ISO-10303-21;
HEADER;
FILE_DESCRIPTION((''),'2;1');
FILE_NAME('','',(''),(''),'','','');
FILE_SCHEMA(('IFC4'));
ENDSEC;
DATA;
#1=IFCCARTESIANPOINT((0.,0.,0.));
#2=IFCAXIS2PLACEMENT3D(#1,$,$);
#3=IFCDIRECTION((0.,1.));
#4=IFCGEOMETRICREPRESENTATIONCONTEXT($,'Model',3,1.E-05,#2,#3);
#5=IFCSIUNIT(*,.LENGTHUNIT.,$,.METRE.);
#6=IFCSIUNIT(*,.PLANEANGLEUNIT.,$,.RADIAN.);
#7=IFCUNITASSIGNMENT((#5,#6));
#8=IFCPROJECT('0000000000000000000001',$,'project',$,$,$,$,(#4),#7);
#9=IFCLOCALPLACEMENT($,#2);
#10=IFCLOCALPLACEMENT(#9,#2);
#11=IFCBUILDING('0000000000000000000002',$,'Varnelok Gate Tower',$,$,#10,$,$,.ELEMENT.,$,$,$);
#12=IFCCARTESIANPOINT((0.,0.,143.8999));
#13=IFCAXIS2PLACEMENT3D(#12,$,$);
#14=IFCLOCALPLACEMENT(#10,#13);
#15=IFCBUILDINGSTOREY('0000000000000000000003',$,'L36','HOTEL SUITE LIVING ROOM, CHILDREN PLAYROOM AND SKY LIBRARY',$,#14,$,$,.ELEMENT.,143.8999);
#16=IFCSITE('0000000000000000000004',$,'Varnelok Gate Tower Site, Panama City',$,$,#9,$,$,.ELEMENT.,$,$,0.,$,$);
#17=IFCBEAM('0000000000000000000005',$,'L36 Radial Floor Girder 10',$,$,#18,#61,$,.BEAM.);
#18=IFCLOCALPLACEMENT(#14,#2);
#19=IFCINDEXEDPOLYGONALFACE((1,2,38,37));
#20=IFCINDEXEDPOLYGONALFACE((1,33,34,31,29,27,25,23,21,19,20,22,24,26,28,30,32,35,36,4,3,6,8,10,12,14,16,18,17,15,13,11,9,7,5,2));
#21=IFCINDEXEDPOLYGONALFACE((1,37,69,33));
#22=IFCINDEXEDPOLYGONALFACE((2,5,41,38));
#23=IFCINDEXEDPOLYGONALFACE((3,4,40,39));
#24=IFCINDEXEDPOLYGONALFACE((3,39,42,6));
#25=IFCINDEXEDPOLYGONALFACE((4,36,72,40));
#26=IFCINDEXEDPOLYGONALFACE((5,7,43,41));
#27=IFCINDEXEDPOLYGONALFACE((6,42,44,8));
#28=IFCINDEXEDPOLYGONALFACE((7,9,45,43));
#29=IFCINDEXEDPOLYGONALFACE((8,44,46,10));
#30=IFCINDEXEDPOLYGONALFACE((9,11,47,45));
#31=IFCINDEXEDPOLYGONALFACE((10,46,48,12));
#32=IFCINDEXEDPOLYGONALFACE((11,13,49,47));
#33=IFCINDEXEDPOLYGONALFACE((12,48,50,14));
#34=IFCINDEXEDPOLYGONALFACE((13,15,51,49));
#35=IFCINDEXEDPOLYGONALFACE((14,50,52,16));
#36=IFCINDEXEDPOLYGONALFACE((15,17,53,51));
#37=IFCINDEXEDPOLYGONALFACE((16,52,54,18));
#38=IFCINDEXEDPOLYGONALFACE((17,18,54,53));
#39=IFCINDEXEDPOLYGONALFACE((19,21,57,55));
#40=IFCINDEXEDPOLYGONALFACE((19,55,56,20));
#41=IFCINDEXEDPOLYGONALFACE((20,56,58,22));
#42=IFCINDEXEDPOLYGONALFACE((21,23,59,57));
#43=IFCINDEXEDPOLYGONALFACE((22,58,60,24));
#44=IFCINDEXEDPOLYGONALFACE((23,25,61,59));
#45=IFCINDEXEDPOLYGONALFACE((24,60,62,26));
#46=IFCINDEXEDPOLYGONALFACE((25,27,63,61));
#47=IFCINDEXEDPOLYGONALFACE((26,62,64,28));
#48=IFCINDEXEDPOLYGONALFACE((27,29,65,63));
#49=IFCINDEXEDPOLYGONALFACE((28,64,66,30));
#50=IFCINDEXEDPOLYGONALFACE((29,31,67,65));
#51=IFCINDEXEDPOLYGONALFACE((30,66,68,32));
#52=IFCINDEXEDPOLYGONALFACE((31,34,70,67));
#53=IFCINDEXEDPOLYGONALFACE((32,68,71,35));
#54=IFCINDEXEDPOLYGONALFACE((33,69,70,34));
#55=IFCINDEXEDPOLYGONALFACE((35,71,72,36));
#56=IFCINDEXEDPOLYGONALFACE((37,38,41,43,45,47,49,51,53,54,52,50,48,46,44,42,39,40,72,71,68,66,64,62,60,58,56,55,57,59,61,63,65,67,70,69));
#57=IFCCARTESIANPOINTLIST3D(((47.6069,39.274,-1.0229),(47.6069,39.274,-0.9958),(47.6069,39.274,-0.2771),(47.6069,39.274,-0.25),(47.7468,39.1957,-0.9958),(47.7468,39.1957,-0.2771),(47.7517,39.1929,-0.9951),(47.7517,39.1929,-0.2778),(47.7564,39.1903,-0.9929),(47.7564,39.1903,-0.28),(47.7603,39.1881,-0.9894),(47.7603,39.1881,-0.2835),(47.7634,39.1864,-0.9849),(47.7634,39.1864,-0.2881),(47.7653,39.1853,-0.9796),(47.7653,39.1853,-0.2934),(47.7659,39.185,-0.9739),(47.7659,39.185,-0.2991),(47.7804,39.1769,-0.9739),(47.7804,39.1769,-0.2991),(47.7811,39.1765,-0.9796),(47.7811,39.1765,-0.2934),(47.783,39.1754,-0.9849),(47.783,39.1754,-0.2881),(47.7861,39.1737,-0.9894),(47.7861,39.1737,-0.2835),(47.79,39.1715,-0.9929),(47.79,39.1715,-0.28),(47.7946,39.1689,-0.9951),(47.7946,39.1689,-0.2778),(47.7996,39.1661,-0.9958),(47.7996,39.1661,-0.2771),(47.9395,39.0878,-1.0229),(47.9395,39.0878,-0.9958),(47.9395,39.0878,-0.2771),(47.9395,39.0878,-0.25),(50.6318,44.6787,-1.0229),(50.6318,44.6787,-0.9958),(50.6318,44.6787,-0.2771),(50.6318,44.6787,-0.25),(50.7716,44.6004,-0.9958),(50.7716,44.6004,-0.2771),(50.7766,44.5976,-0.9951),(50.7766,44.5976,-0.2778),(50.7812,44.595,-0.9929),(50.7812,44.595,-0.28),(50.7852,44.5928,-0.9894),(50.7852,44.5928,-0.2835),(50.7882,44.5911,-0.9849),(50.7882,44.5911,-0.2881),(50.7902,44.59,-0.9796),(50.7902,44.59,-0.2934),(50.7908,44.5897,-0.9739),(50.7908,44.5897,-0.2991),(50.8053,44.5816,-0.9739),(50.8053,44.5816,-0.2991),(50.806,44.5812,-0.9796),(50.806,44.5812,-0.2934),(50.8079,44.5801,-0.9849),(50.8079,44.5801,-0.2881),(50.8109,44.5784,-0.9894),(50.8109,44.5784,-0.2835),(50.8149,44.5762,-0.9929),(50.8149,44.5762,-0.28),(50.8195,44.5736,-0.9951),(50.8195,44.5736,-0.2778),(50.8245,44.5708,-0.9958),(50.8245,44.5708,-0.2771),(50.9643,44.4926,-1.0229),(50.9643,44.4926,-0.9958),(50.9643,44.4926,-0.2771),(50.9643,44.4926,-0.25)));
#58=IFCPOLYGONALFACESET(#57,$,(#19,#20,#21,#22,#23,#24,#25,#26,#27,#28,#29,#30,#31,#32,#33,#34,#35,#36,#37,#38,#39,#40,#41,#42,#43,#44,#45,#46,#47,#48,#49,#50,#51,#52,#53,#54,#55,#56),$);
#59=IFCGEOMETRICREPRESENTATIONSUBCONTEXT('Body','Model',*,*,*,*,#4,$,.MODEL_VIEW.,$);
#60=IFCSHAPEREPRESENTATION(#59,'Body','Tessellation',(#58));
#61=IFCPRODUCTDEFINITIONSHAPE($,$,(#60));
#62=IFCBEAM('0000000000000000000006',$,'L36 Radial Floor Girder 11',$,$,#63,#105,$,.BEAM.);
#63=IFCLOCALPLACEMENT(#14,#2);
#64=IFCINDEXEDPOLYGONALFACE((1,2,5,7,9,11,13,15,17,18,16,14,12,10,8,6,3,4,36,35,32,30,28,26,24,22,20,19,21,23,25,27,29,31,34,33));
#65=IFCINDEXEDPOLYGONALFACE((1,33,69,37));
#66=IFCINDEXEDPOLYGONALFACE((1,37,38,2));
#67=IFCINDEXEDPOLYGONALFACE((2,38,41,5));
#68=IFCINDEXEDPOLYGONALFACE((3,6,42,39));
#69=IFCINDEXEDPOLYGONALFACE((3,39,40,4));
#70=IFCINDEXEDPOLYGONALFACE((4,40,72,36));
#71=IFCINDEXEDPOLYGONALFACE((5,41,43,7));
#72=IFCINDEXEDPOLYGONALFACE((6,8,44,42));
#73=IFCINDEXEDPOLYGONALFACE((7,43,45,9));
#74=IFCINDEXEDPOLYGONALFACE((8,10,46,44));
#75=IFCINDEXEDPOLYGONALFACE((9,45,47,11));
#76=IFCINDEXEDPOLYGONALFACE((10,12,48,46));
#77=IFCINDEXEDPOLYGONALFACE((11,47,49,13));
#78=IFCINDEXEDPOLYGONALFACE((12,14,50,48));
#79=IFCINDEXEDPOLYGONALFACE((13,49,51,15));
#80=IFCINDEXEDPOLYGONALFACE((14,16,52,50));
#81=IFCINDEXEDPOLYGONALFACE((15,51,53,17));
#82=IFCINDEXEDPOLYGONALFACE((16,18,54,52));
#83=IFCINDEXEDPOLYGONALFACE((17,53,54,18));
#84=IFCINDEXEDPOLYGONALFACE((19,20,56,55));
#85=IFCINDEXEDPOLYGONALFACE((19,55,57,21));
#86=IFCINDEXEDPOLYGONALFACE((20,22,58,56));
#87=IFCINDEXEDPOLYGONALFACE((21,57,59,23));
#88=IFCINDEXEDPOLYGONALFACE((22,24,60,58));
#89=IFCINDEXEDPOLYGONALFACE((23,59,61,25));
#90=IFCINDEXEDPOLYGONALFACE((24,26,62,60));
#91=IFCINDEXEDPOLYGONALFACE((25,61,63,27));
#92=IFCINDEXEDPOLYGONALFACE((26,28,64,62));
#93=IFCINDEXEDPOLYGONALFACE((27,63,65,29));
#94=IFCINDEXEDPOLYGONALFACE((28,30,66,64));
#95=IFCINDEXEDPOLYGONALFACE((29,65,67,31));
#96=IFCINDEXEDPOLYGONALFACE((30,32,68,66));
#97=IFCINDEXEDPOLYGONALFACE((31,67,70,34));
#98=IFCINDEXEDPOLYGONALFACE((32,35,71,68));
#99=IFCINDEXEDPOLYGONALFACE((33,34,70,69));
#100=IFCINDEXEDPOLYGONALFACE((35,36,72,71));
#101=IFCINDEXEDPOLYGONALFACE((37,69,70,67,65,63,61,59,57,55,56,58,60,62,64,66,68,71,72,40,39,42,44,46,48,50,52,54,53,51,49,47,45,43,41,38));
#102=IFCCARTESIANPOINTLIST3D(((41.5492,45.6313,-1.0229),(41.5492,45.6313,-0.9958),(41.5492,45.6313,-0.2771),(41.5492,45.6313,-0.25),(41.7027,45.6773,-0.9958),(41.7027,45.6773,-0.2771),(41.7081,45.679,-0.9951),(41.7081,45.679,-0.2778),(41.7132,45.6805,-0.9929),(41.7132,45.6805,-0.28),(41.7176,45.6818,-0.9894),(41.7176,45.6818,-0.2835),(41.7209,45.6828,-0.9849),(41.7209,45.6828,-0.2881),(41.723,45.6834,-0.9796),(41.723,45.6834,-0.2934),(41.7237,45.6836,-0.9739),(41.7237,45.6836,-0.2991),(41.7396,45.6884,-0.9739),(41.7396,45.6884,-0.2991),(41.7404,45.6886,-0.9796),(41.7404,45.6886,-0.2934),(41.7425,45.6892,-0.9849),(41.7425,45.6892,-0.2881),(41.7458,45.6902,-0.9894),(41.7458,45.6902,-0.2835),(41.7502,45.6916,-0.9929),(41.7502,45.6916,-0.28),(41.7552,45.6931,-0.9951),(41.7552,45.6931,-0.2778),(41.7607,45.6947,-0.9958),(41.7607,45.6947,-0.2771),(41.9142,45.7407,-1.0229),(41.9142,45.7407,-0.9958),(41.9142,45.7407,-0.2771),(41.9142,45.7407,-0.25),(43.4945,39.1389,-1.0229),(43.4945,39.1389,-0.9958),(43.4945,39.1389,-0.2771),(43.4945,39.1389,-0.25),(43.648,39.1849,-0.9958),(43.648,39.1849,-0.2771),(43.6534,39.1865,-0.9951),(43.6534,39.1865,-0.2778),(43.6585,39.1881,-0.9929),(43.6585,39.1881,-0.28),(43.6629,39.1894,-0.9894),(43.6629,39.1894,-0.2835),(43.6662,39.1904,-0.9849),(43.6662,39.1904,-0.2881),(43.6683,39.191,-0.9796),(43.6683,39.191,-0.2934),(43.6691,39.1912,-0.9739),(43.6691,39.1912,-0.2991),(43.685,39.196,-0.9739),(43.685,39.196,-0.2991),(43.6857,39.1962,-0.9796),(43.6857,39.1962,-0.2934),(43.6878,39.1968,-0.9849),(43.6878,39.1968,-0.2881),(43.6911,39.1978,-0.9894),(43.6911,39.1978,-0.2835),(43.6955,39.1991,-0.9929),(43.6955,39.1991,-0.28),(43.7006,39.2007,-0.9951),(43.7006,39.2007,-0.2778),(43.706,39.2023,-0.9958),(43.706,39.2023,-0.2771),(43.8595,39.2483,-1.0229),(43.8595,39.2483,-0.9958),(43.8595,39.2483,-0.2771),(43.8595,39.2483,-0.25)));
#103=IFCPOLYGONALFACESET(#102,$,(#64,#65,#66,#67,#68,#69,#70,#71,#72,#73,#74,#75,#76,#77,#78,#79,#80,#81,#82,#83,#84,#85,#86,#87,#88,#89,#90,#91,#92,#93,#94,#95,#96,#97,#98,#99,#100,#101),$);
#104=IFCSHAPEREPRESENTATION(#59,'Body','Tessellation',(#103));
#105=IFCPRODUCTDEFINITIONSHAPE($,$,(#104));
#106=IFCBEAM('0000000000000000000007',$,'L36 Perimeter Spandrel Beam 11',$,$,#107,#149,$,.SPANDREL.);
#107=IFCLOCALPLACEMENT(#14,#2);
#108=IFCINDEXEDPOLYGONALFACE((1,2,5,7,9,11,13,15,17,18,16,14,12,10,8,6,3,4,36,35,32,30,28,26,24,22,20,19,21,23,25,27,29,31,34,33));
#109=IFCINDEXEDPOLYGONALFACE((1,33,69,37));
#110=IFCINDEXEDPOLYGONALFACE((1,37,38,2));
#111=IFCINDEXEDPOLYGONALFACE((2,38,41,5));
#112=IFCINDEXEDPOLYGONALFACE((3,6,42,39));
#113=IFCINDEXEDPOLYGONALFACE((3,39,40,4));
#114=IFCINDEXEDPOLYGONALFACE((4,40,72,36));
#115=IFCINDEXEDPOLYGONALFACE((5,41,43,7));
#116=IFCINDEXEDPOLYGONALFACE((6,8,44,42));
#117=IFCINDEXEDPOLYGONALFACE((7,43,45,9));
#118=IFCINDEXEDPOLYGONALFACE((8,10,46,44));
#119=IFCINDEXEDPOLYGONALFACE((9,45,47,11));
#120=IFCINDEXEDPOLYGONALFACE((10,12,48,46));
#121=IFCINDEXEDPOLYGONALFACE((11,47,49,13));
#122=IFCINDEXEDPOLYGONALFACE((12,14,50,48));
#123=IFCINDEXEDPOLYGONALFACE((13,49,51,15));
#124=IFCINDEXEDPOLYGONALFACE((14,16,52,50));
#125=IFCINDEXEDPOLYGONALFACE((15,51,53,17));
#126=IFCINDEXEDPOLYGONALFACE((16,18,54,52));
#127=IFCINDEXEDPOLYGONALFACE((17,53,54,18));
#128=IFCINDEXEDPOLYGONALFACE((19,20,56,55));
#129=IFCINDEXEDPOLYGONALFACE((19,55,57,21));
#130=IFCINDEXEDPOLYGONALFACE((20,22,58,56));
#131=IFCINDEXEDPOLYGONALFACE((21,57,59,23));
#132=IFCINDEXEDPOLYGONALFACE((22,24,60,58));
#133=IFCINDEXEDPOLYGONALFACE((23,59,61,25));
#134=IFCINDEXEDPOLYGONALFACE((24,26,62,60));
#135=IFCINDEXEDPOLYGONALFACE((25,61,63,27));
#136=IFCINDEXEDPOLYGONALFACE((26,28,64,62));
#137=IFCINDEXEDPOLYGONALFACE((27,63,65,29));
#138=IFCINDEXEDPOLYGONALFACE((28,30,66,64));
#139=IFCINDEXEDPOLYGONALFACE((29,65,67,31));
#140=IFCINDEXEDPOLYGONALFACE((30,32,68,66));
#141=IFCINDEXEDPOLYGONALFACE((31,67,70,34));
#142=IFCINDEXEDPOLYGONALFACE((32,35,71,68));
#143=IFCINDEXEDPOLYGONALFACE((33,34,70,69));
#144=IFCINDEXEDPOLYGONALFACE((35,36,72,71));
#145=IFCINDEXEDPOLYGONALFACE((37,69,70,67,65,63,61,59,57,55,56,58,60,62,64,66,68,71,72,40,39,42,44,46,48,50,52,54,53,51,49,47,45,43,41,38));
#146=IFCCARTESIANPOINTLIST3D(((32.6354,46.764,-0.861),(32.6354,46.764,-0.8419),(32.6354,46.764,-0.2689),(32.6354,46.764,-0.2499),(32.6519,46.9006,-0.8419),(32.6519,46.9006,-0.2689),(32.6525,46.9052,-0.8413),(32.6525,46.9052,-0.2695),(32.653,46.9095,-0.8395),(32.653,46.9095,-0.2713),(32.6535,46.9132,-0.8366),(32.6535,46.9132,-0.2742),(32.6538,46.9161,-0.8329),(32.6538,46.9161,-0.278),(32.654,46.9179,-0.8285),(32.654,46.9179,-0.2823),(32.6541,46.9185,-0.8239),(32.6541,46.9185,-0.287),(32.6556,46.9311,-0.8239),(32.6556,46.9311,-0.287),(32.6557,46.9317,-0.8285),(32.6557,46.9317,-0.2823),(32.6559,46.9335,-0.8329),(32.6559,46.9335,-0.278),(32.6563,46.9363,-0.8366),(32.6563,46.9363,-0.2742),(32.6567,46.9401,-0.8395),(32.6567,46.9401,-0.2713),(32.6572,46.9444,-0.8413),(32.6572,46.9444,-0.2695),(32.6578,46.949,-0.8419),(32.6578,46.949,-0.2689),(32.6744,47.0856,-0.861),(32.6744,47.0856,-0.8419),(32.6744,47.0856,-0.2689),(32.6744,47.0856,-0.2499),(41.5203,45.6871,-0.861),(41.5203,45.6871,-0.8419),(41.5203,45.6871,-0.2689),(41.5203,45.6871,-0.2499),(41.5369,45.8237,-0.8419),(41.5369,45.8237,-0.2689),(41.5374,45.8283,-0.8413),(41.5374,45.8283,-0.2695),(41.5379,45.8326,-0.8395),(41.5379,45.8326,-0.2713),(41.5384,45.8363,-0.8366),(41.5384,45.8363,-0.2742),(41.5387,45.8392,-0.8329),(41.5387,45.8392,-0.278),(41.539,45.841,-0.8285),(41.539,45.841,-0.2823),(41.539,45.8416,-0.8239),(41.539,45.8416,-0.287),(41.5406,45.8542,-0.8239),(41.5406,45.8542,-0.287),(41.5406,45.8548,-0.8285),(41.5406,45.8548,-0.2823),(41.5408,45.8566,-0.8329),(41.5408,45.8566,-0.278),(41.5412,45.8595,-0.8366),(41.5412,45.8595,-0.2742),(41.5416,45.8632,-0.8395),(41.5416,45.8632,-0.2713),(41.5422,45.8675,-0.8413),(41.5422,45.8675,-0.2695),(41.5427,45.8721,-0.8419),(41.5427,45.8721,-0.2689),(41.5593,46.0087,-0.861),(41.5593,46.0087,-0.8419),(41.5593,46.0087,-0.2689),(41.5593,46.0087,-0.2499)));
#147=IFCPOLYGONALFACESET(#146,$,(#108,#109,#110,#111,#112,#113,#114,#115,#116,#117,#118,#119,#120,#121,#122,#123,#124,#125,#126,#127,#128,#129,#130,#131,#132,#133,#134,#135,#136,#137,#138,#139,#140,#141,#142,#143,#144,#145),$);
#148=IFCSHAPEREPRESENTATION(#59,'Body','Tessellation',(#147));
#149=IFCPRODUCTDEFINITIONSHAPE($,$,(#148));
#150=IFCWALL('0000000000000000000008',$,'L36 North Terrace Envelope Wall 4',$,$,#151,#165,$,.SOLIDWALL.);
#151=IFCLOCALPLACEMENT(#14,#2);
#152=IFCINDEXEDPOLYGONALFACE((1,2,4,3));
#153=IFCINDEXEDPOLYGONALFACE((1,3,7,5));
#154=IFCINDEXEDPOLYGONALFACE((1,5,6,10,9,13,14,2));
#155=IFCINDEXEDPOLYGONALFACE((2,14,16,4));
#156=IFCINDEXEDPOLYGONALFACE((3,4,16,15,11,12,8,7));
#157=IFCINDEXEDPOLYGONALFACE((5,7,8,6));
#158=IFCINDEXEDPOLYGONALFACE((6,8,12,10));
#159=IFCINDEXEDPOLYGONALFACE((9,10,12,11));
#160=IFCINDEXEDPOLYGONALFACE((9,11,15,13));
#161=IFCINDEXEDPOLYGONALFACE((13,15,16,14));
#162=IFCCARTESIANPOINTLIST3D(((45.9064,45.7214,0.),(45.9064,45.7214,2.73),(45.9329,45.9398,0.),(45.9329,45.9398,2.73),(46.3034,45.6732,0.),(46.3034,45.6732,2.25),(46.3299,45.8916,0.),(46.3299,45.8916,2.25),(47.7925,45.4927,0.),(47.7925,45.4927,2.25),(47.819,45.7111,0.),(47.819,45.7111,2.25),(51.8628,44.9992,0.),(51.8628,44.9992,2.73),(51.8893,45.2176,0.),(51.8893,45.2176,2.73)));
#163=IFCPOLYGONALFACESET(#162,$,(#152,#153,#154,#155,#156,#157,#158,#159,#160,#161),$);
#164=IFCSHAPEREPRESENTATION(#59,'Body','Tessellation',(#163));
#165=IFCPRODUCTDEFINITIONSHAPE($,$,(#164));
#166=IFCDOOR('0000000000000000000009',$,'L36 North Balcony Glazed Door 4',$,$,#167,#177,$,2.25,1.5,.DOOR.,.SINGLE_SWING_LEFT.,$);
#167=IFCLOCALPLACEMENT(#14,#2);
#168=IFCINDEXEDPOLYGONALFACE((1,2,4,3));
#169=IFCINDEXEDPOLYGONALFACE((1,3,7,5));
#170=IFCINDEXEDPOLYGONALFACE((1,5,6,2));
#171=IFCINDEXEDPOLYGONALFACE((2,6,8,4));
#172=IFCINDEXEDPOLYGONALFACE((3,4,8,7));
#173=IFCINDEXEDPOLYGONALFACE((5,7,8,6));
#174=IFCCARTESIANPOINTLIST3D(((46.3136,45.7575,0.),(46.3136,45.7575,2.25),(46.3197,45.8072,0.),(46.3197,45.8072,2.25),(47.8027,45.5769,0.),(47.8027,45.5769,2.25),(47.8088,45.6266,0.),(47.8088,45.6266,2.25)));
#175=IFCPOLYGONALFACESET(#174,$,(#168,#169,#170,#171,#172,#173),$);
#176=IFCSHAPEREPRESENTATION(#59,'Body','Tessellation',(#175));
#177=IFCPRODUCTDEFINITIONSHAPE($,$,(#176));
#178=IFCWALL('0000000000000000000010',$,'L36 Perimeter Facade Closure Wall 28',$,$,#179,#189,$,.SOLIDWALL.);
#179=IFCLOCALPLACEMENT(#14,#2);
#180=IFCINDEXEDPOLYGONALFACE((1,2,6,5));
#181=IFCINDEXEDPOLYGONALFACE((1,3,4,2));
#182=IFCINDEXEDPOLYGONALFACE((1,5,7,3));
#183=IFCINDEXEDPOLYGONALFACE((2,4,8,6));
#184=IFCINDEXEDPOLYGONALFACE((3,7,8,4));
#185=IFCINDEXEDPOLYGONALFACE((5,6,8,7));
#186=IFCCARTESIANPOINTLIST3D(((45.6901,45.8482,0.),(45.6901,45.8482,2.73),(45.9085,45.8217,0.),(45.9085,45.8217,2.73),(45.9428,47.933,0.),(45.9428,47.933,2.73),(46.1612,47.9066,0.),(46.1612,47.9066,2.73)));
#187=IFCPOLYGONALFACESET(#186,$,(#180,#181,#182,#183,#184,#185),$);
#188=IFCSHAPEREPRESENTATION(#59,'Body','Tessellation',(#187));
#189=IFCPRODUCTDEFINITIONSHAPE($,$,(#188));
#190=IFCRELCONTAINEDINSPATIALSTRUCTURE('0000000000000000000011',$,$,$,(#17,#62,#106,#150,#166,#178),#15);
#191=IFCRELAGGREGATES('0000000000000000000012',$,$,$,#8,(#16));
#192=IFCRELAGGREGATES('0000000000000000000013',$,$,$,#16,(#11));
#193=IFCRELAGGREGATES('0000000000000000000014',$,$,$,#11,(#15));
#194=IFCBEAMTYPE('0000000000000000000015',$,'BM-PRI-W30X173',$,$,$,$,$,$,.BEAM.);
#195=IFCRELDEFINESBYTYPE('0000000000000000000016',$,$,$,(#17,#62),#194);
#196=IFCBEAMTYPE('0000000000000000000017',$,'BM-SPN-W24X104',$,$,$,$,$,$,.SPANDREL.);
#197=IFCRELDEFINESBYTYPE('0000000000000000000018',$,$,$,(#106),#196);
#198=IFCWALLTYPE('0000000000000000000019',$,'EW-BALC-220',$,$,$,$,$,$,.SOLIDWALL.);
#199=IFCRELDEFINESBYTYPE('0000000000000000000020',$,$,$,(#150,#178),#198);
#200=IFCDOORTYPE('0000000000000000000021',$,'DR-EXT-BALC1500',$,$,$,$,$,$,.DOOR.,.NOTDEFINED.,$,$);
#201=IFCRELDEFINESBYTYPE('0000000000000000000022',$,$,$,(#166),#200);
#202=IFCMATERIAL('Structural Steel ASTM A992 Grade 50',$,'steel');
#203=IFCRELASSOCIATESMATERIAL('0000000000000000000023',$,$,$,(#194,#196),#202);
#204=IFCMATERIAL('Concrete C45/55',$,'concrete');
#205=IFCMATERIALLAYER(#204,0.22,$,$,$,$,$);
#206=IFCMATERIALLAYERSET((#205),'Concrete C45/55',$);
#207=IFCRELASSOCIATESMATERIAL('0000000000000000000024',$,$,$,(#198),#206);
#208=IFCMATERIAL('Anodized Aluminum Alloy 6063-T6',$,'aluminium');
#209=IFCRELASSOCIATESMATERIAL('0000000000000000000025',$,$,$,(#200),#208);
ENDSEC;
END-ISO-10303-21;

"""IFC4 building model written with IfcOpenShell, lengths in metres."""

from ifc_helpers import new_model, si_unit, direction, frame, frame_2d, origin, origin_2d, place, context, subcontext, project, spatial, rectangle, i_section, extrude, material, layer, layer_set, material_profile, profile_set, type_object, element, fill, save


model = new_model("IFC4")

# Units and contexts
model_context = context("Model", 3, precision=1e-05, world=origin(), true_north=direction((0.0, 1.0)))
body_context = subcontext(model_context, "Body", "Model", "MODEL_VIEW")
ifc_project = project(units=[si_unit("LENGTHUNIT", "METRE"), si_unit("PLANEANGLEUNIT", "RADIAN")], contexts=[model_context])

# Site, building, storey
site_placement = place(None, origin())
site = spatial("IfcSite", under=ifc_project, at=site_placement, Name="Varnelok Gate Tower Site, Panama City", CompositionType="ELEMENT", RefElevation=0.0)
building_placement = place(site_placement, origin())
building = spatial("IfcBuilding", under=site, at=building_placement, Name="Varnelok Gate Tower", CompositionType="ELEMENT")
storey_placement = place(building_placement, frame((0.0, 0.0, 143.8999)))
storey = spatial("IfcBuildingStorey", under=building, at=storey_placement, Name="L36", Description="HOTEL SUITE LIVING ROOM, CHILDREN PLAYROOM AND SKY LIBRARY", CompositionType="ELEMENT", Elevation=143.8999)

# Shared definitions
ifc_material_1 = material(Name="Structural Steel ASTM A992 Grade 50", Category="steel")

# Beams
ifc_material_profile_1 = material_profile(ifc_material_1, i_section(OverallWidth=0.3811, OverallDepth=0.7729, WebThickness=0.0166, FlangeThickness=0.0271, FilletRadius=0.022, at=origin_2d()), Name="W30X173")
ifc_profile_set_1 = profile_set([ifc_material_profile_1], Name="Structural Steel ASTM A992 Grade 50")
beam_type_1 = type_object("IfcBeamType", Name="BM-PRI-W30X173", PredefinedType="BEAM", material=ifc_profile_set_1)
beam_1_placement = place(storey_placement, frame((47.7732, 39.1809, -0.6365), z_axis=(0.488385, 0.872628, 0.0), x_axis=(-0.872628, 0.488385, 0.0)))
element("IfcBeam", 1, at=beam_1_placement, inside=storey, type_object=beam_type_1, Name="L36 Radial Floor Girder 10", PredefinedType="BEAM", context=body_context, shape_type="SweptSolid", body=[
    extrude(i_section(OverallWidth=0.3811, OverallDepth=0.7729, WebThickness=0.0166, FlangeThickness=0.0271, FilletRadius=0.022, at=origin_2d()), origin(), (0.0, 0.0, 1.0), 6.1936),
])
beam_2_placement = place(storey_placement, frame((43.677, 39.1936, -0.6365), z_axis=(-0.287021, 0.957924, 0.0), x_axis=(-0.957924, -0.287021, 0.0)))
element("IfcBeam", 2, at=beam_2_placement, inside=storey, type_object=beam_type_1, Name="L36 Radial Floor Girder 11", PredefinedType="BEAM", context=body_context, shape_type="SweptSolid", body=[
    extrude(i_section(OverallWidth=0.3811, OverallDepth=0.7729, WebThickness=0.0166, FlangeThickness=0.0271, FilletRadius=0.022, at=origin_2d()), origin(), (0.0, 0.0, 1.0), 6.7776),
])
ifc_material_profile_2 = material_profile(ifc_material_1, i_section(OverallWidth=0.324, OverallDepth=0.6111, WebThickness=0.0127, FlangeThickness=0.019, FilletRadius=0.0181, at=origin_2d()), Name="W24X104")
ifc_profile_set_2 = profile_set([ifc_material_profile_2], Name="Structural Steel ASTM A992 Grade 50")
beam_type_2 = type_object("IfcBeamType", Name="BM-SPN-W24X104", PredefinedType="SPANDREL", material=ifc_profile_set_2)
beam_3_placement = place(storey_placement, frame((41.5398, 45.8479, -0.5554), z_axis=(-0.992735, 0.120324, 0.0), x_axis=(-0.120324, -0.992735, 0.0)))
element("IfcBeam", 3, at=beam_3_placement, inside=storey, type_object=beam_type_2, Name="L36 Perimeter Spandrel Beam 11", PredefinedType="SPANDREL", context=body_context, shape_type="SweptSolid", body=[
    extrude(i_section(OverallWidth=0.324, OverallDepth=0.6111, WebThickness=0.0127, FlangeThickness=0.019, FilletRadius=0.0181, at=origin_2d()), origin(), (0.0, 0.0, 1.0), 8.95),
])

# Wall, opening, door
ifc_material_2 = material(Name="Concrete C45/55", Category="concrete")
ifc_layer_1 = layer(ifc_material_2, 0.22)
ifc_layer_set_1 = layer_set([ifc_layer_1], Name="Concrete C45/55")
wall_type_1 = type_object("IfcWallType", Name="EW-BALC-220", PredefinedType="SOLIDWALL", material=ifc_layer_set_1)
wall_1_placement = place(storey_placement, frame((45.9197, 45.8306, 0.0), z_axis=(0.0, 0.0, 1.0), x_axis=(0.99273, -0.120363, 0.0)))
wall_1 = element("IfcWall", 4, at=wall_1_placement, inside=storey, type_object=wall_type_1, Name="L36 North Terrace Envelope Wall 4", PredefinedType="SOLIDWALL", context=body_context, shape_type="SweptSolid", body=[
    extrude(rectangle(XDim=6.0, YDim=0.22, at=frame_2d((3.0, 0.0))), origin(), (0.0, 0.0, 1.0), 2.73),
])
opening_1_placement = place(wall_1_placement, frame((0.3999, 0.0, 0.0)))
opening_1 = element("IfcOpeningElement", 5, at=opening_1_placement, cuts=wall_1, PredefinedType="OPENING", context=body_context, shape_type="SweptSolid", body=[
    extrude(rectangle(XDim=1.5, YDim=2.25, at=frame_2d((0.75, 1.125))), frame((0.0, 0.1199, 0.0), z_axis=(0.0, -1.0, 0.0), x_axis=(1.0, 0.0, 0.0)), (0.0, 0.0, 1.0), 0.24),
])
ifc_material_3 = material(Name="Anodized Aluminum Alloy 6063-T6", Category="aluminium")
door_type_1 = type_object("IfcDoorType", Name="DR-EXT-BALC1500", OperationType="NOTDEFINED", PredefinedType="DOOR", material=ifc_material_3)
door_1_placement = place(opening_1_placement, origin())
door_1 = element("IfcDoor", 6, at=door_1_placement, inside=storey, type_object=door_type_1, Name="L36 North Balcony Glazed Door 4", OperationType="SINGLE_SWING_LEFT", OverallHeight=2.25, OverallWidth=1.5, PredefinedType="DOOR", context=body_context, shape_type="SweptSolid", body=[
    extrude(rectangle(XDim=1.5, YDim=2.25, at=frame_2d((0.75, 1.125))), frame((0.0, 0.0249, 0.0), z_axis=(0.0, -1.0, 0.0), x_axis=(1.0, 0.0, 0.0)), (0.0, 0.0, 1.0), 0.05),
])
fill(opening_1, door_1)

# Wall
wall_2_placement = place(storey_placement, frame((45.7993, 45.835, 0.0), z_axis=(0.0, 0.0, 1.0), x_axis=(0.120314, 0.992736, 0.0)))
element("IfcWall", 7, at=wall_2_placement, inside=storey, type_object=wall_type_1, Name="L36 Perimeter Facade Closure Wall 28", PredefinedType="SOLIDWALL", context=body_context, shape_type="SweptSolid", body=[
    extrude(rectangle(XDim=2.1001, YDim=0.22, at=frame_2d((1.05, 0.0))), origin(), (0.0, 0.0, 1.0), 2.73),
])

save(model, "model.ifc")
